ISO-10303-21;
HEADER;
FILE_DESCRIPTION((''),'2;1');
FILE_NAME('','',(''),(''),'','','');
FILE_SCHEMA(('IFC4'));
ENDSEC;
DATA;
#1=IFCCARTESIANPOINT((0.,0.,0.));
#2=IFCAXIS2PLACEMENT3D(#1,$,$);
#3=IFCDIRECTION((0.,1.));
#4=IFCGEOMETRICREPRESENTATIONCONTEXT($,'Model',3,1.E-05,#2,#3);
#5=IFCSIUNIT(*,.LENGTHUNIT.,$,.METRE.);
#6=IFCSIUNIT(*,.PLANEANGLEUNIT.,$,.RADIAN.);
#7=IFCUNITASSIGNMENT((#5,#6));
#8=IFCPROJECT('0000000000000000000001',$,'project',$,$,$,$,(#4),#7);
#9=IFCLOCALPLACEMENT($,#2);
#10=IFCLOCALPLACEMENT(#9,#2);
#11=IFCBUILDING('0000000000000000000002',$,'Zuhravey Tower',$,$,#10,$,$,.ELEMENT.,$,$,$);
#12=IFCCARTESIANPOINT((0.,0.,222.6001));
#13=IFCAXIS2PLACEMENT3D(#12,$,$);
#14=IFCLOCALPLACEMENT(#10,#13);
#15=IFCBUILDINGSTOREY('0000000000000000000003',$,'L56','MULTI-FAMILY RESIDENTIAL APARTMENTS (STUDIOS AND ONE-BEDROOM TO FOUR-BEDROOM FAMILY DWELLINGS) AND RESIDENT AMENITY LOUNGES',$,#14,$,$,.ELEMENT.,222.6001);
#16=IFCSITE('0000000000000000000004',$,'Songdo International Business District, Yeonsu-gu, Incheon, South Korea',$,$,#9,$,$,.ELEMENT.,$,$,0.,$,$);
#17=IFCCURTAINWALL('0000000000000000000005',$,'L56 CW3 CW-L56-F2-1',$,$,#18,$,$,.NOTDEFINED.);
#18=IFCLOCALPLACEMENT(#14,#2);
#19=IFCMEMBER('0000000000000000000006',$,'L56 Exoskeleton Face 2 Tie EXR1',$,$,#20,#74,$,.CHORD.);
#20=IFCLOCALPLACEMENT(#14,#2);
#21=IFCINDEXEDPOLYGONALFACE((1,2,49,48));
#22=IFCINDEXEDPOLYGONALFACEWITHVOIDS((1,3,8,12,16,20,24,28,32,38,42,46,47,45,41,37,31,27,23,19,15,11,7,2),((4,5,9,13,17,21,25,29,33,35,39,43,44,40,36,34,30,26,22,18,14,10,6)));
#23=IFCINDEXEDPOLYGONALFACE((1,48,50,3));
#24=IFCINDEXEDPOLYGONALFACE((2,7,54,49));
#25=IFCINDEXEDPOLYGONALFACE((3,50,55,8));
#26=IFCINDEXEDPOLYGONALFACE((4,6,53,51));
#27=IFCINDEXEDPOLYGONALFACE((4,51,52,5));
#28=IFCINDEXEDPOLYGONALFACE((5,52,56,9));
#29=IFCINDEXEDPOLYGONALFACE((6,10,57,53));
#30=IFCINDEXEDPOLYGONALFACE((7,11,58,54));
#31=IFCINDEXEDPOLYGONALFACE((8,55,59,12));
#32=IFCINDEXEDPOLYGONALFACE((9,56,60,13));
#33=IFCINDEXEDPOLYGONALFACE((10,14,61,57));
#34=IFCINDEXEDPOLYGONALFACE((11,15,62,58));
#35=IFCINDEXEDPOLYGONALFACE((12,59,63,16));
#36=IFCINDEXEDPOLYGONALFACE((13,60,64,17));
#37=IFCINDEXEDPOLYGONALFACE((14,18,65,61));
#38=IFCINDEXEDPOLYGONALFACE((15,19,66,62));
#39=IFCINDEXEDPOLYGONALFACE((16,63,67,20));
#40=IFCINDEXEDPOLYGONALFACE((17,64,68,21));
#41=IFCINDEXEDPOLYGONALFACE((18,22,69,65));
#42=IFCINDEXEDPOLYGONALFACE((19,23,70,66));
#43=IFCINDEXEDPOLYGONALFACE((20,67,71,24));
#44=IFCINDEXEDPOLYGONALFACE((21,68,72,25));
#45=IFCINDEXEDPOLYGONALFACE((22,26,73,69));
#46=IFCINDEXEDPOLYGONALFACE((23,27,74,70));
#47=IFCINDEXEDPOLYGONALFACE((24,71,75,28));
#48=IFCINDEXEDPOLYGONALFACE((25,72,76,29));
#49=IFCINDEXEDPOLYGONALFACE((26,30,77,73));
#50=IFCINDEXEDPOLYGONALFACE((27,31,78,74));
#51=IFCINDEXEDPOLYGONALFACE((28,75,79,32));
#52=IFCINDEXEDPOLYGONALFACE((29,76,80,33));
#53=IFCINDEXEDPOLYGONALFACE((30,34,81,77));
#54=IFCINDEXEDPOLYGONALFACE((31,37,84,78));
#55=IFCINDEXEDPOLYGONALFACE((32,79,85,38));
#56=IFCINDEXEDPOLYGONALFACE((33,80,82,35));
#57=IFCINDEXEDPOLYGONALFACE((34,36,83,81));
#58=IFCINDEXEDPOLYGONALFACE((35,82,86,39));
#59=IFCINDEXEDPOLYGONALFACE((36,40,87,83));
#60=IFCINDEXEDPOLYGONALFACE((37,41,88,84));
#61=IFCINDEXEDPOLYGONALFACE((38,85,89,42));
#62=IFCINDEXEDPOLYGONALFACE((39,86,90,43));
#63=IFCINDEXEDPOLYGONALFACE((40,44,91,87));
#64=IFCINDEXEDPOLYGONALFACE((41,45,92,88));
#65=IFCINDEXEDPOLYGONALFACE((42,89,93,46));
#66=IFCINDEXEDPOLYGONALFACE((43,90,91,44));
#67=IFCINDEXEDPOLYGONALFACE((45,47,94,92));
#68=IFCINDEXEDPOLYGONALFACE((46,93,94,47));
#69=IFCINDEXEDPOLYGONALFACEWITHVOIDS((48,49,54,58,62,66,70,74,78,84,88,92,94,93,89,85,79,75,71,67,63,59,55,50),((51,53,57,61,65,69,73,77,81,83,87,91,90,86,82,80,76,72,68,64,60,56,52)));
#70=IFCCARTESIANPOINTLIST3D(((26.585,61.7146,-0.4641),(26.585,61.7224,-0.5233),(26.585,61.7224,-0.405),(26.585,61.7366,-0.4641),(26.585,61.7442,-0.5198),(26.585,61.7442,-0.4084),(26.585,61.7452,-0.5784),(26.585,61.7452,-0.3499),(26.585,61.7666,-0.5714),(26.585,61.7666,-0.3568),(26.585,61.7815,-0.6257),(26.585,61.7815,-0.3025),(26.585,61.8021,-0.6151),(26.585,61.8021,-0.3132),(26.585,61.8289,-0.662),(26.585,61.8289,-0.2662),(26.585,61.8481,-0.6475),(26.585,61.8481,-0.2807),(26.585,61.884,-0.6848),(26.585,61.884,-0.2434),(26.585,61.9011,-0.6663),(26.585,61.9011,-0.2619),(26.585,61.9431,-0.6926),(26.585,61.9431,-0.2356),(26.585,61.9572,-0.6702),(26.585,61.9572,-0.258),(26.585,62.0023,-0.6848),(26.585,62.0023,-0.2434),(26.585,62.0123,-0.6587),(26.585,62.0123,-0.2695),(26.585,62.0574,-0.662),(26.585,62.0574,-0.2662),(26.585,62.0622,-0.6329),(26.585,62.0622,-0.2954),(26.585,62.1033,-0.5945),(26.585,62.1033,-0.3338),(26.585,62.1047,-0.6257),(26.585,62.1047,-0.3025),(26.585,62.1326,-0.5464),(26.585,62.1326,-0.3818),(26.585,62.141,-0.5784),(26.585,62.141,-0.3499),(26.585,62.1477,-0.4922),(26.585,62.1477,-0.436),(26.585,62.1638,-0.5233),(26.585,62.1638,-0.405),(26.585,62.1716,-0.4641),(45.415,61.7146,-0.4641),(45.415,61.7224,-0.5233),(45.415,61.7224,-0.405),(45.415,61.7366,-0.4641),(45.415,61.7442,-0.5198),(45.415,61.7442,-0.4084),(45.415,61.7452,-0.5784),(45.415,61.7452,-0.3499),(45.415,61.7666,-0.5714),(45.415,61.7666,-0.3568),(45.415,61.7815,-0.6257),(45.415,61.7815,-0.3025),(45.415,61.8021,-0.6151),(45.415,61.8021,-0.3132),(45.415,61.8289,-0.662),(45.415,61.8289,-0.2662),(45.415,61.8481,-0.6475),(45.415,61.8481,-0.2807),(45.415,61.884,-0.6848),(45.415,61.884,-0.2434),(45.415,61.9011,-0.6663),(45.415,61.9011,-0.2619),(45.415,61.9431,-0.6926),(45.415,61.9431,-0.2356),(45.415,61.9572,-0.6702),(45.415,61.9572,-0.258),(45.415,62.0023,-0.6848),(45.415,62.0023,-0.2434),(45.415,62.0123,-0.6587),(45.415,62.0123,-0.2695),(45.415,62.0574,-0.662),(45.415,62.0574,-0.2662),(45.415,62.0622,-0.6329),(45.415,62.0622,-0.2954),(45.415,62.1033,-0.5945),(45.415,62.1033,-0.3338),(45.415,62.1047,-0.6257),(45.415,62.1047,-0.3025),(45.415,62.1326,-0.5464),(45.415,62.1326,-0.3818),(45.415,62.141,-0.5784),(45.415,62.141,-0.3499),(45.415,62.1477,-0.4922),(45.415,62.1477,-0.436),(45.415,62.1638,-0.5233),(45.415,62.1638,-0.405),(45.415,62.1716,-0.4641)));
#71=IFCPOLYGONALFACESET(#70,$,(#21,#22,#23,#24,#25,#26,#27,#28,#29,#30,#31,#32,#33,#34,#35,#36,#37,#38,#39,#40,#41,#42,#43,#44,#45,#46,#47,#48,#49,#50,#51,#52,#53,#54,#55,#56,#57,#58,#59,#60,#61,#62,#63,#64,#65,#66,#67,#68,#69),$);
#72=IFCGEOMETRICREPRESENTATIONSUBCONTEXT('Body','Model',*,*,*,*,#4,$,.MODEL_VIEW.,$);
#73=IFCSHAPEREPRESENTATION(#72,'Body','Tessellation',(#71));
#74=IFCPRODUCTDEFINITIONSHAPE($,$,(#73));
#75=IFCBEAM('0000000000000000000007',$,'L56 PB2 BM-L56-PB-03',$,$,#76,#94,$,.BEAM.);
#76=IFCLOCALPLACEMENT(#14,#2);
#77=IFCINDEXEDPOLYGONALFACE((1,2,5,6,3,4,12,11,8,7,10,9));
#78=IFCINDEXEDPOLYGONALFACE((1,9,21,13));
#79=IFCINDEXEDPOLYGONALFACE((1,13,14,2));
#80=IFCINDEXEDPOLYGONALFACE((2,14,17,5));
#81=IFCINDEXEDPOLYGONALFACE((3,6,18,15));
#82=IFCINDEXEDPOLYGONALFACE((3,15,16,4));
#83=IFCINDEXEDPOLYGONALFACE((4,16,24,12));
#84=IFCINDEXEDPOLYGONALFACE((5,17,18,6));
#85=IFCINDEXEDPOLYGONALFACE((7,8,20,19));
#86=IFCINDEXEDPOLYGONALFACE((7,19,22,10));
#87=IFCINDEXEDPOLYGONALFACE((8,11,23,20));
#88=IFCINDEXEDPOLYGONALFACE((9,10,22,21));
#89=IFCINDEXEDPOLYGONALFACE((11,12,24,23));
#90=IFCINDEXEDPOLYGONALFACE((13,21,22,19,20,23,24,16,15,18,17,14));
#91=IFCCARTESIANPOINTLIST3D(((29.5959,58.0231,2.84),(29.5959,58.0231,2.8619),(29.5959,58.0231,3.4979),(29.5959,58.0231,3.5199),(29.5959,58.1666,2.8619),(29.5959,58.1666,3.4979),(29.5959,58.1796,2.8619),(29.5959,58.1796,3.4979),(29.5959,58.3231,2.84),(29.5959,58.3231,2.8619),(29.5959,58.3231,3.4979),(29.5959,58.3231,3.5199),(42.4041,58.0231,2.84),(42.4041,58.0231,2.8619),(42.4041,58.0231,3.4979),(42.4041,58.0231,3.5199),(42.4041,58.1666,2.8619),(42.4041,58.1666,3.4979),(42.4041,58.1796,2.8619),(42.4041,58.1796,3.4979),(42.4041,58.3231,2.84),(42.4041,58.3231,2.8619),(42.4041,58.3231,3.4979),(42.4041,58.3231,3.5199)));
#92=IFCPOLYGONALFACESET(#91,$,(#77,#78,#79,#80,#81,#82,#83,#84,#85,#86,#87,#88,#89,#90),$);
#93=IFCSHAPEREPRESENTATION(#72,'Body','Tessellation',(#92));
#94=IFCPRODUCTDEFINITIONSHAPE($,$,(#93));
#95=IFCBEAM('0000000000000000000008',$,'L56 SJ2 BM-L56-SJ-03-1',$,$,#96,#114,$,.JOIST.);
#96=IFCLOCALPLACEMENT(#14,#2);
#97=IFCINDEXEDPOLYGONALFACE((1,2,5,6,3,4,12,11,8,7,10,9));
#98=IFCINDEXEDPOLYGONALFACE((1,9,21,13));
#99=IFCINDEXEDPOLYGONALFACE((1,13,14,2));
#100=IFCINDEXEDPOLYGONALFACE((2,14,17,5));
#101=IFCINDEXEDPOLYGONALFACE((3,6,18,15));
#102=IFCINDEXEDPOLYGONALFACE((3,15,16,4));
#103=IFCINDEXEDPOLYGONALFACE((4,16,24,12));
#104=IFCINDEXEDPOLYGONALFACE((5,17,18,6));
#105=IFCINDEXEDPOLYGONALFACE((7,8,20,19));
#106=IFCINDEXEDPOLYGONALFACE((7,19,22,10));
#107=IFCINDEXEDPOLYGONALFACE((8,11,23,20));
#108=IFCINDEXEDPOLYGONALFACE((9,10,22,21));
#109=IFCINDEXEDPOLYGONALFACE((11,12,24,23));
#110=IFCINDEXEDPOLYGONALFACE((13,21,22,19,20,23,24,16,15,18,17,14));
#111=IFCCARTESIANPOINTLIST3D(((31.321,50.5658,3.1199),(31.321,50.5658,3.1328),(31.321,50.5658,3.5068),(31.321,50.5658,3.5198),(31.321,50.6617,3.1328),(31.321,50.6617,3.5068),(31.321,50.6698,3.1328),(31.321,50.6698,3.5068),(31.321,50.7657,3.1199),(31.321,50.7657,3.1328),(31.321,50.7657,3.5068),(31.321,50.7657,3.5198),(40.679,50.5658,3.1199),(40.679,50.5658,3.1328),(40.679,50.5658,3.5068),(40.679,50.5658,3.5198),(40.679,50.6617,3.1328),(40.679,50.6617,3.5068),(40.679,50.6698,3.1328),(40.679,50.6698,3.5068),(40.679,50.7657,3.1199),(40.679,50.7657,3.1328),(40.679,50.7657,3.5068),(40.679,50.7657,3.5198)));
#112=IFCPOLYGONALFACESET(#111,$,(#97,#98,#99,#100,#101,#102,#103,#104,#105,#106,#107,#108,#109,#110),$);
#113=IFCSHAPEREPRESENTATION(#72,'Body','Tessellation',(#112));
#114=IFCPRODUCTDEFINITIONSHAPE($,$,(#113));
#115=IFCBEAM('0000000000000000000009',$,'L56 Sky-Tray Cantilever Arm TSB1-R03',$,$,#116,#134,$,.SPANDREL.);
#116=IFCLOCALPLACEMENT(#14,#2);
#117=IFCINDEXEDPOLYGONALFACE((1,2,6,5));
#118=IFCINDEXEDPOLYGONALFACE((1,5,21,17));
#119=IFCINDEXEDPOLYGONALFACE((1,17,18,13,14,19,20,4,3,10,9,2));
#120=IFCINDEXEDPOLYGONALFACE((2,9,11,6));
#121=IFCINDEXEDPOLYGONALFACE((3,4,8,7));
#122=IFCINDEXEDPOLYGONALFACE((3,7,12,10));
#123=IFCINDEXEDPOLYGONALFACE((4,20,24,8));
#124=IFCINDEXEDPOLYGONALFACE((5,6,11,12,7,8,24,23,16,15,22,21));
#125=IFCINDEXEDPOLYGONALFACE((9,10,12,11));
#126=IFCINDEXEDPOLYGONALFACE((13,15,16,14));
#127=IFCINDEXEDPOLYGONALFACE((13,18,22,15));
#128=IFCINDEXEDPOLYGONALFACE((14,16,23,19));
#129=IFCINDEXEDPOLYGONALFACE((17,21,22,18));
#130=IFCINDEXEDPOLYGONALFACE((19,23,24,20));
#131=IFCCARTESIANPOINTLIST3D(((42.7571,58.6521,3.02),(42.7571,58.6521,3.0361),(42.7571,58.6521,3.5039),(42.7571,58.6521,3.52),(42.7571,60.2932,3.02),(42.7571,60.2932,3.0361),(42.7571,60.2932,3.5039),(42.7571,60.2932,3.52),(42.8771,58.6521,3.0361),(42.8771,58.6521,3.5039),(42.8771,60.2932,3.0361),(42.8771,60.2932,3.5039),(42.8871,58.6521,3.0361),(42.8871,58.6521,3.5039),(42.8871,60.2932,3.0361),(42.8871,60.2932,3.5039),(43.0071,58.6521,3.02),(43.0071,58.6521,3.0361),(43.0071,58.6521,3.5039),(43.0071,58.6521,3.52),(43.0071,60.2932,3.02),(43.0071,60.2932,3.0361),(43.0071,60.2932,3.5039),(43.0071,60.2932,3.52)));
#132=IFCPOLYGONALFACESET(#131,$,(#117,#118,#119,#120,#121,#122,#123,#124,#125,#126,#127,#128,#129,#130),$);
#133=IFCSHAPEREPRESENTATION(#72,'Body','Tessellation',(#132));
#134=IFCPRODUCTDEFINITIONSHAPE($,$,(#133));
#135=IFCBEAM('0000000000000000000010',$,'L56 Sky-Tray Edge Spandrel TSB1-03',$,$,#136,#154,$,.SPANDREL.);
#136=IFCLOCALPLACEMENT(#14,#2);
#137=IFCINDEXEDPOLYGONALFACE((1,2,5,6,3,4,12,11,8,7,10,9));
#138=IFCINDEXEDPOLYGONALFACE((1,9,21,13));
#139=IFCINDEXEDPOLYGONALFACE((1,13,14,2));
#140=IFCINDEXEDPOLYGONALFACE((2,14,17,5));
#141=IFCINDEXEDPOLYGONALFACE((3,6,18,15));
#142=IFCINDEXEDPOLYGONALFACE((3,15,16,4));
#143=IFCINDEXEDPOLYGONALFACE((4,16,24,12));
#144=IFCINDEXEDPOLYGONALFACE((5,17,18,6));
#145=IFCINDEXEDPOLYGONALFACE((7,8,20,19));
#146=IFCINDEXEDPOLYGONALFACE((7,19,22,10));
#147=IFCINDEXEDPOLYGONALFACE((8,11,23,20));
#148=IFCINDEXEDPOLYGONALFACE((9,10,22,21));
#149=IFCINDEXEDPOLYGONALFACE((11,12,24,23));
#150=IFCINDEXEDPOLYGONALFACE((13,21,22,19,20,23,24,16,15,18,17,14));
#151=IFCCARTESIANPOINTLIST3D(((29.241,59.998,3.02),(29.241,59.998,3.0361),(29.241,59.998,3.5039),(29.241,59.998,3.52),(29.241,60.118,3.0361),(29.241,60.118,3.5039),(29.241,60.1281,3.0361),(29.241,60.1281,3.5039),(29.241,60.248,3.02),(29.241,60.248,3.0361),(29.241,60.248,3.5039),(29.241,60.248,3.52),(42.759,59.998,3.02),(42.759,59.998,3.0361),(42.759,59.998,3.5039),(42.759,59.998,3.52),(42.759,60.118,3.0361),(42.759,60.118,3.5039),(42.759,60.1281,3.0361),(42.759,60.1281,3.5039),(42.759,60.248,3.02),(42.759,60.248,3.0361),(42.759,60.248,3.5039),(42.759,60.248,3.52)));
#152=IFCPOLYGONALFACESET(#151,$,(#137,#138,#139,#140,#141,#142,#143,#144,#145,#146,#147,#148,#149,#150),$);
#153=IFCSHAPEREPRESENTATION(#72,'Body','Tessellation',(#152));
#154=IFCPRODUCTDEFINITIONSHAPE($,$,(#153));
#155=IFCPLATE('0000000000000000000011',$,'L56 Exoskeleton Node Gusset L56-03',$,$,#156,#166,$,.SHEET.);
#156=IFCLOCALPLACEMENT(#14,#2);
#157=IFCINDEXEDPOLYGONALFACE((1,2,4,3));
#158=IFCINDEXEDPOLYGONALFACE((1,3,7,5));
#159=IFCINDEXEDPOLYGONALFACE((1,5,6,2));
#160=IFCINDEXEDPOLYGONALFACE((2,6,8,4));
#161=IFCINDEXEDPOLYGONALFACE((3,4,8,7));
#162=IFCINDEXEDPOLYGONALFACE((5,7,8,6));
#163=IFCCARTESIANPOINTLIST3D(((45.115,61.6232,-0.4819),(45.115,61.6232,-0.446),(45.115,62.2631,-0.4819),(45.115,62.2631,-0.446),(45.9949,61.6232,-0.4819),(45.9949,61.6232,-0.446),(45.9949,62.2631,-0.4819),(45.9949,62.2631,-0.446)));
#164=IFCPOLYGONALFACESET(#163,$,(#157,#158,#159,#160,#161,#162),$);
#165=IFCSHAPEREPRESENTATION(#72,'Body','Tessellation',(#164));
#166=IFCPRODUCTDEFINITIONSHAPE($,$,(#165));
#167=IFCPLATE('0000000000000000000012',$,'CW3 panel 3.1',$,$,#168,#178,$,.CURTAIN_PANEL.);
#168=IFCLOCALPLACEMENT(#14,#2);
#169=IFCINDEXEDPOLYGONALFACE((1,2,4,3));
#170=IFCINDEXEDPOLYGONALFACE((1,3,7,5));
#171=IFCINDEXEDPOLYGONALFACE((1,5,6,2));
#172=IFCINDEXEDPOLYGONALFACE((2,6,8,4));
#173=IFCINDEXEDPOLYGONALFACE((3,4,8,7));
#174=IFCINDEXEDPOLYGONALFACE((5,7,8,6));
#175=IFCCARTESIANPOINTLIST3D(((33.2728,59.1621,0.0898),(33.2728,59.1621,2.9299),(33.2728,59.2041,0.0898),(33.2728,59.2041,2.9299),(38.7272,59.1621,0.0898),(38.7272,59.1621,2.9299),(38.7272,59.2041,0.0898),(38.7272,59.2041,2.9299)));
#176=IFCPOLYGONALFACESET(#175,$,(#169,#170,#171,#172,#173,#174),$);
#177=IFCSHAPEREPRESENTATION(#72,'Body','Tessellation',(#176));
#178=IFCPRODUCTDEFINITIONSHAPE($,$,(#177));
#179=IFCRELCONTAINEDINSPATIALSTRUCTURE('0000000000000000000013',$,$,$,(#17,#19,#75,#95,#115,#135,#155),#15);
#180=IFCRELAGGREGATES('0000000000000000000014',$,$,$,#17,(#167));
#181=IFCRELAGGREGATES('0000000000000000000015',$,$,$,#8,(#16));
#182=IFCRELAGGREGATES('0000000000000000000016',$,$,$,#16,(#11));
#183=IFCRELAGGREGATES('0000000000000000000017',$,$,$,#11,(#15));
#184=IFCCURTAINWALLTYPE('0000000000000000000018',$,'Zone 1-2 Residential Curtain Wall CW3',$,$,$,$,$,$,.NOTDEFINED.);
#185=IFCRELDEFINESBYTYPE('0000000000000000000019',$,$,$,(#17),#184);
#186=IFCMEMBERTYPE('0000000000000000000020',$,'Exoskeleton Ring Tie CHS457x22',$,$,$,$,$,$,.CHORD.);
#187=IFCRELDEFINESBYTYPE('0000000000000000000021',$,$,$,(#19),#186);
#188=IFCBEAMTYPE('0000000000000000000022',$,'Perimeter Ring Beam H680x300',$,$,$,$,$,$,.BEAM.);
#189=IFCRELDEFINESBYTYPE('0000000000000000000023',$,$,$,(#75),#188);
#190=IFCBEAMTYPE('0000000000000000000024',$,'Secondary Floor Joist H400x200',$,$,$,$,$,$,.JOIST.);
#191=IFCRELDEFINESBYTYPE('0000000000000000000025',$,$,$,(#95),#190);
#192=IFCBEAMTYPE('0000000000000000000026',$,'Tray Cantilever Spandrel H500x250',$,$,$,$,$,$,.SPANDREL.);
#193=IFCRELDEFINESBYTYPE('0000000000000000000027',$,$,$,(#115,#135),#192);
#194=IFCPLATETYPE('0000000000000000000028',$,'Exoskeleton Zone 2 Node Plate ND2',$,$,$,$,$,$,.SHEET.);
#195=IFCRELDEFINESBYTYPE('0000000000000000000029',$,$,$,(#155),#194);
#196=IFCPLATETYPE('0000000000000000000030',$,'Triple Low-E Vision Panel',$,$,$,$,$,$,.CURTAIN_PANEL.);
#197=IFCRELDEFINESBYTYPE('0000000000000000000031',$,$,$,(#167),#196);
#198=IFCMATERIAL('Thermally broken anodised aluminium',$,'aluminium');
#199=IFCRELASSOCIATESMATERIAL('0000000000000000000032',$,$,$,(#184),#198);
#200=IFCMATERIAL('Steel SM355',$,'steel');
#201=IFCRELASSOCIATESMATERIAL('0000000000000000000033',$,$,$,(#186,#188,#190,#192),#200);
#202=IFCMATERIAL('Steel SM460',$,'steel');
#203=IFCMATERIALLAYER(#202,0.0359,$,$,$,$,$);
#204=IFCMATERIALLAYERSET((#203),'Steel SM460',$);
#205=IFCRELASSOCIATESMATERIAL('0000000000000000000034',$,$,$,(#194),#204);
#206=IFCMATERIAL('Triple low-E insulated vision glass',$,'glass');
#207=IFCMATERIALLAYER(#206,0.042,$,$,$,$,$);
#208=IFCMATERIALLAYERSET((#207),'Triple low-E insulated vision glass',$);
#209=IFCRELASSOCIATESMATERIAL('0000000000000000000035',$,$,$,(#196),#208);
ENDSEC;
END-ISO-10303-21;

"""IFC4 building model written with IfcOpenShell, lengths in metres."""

from ifc_helpers import new_model, si_unit, direction, frame, origin, origin_2d, place, context, subcontext, project, spatial, rectangle, hollow_circle, i_section, extrude, material, layer, layer_set, material_profile, profile_set, type_object, element, aggregate, save


model = new_model("IFC4")

# Units and contexts
model_context = context("Model", 3, precision=1e-05, world=origin(), true_north=direction((0.0, 1.0)))
body_context = subcontext(model_context, "Body", "Model", "MODEL_VIEW")
ifc_project = project(units=[si_unit("LENGTHUNIT", "METRE"), si_unit("PLANEANGLEUNIT", "RADIAN")], contexts=[model_context])

# Site, building, storey
site_placement = place(None, origin())
site = spatial("IfcSite", under=ifc_project, at=site_placement, Name="Songdo International Business District, Yeonsu-gu, Incheon, South Korea", CompositionType="ELEMENT", RefElevation=0.0)
building_placement = place(site_placement, origin())
building = spatial("IfcBuilding", under=site, at=building_placement, Name="Zuhravey Tower", CompositionType="ELEMENT")
storey_placement = place(building_placement, frame((0.0, 0.0, 222.6001)))
storey = spatial("IfcBuildingStorey", under=building, at=storey_placement, Name="L56", Description="MULTI-FAMILY RESIDENTIAL APARTMENTS (STUDIOS AND ONE-BEDROOM TO FOUR-BEDROOM FAMILY DWELLINGS) AND RESIDENT AMENITY LOUNGES", CompositionType="ELEMENT", Elevation=222.6001)

# Curtain wall
ifc_material_1 = material(Name="Thermally broken anodised aluminium", Category="aluminium")
curtain_wall_type = type_object("IfcCurtainWallType", Name="Zone 1-2 Residential Curtain Wall CW3", PredefinedType="NOTDEFINED", material=ifc_material_1)
curtain_wall_placement = place(storey_placement, origin())
curtain_wall = element("IfcCurtainWall", 1, at=curtain_wall_placement, inside=storey, type_object=curtain_wall_type, Name="L56 CW3 CW-L56-F2-1", PredefinedType="NOTDEFINED")

# Shared definitions
ifc_material_2 = material(Name="Steel SM460", Category="steel")

# Member
ifc_material_3 = material(Name="Steel SM355", Category="steel")
ifc_material_profile_1 = material_profile(ifc_material_3, hollow_circle(Radius=0.2285, WallThickness=0.022, at=origin_2d()), Name="CHS-457.2x22")
ifc_profile_set_1 = profile_set([ifc_material_profile_1], Name="Steel SM355")
member_type_1 = type_object("IfcMemberType", Name="Exoskeleton Ring Tie CHS457x22", PredefinedType="CHORD", material=ifc_profile_set_1)
member_1_placement = place(storey_placement, frame((45.415, 61.9431, -0.4641), z_axis=(-1.0, 0.0, 0.0), x_axis=(0.0, -1.0, 0.0)))
element("IfcMember", 2, at=member_1_placement, inside=storey, type_object=member_type_1, Name="L56 Exoskeleton Face 2 Tie EXR1", PredefinedType="CHORD", context=body_context, shape_type="SweptSolid", body=[
    extrude(hollow_circle(Radius=0.2285, WallThickness=0.022, at=origin_2d()), origin(), (0.0, 0.0, 1.0), 18.8301),
])

# Beams
ifc_material_profile_2 = material_profile(ifc_material_3, i_section(OverallWidth=0.3, OverallDepth=0.6799, WebThickness=0.0129, FlangeThickness=0.022, at=origin_2d()), Name="H-680x300x13x22")
ifc_profile_set_2 = profile_set([ifc_material_profile_2], Name="Steel SM355")
beam_type_1 = type_object("IfcBeamType", Name="Perimeter Ring Beam H680x300", PredefinedType="BEAM", material=ifc_profile_set_2)
beam_1_placement = place(storey_placement, frame((42.4041, 58.1731, 3.1799), z_axis=(-1.0, 0.0, 0.0), x_axis=(0.0, -1.0, 0.0)))
element("IfcBeam", 3, at=beam_1_placement, inside=storey, type_object=beam_type_1, Name="L56 PB2 BM-L56-PB-03", PredefinedType="BEAM", context=body_context, shape_type="SweptSolid", body=[
    extrude(i_section(OverallWidth=0.3, OverallDepth=0.6799, WebThickness=0.0129, FlangeThickness=0.022, at=origin_2d()), origin(), (0.0, 0.0, 1.0), 12.8081),
])
ifc_material_profile_3 = material_profile(ifc_material_3, i_section(OverallWidth=0.2, OverallDepth=0.3999, WebThickness=0.0081, FlangeThickness=0.0129, at=origin_2d()), Name="H-400x200x8x13")
ifc_profile_set_3 = profile_set([ifc_material_profile_3], Name="Steel SM355")
beam_type_2 = type_object("IfcBeamType", Name="Secondary Floor Joist H400x200", PredefinedType="JOIST", material=ifc_profile_set_3)
beam_2_placement = place(storey_placement, frame((40.679, 50.6658, 3.3198), z_axis=(-1.0, 0.0, 0.0), x_axis=(0.0, -1.0, 0.0)))
element("IfcBeam", 4, at=beam_2_placement, inside=storey, type_object=beam_type_2, Name="L56 SJ2 BM-L56-SJ-03-1", PredefinedType="JOIST", context=body_context, shape_type="SweptSolid", body=[
    extrude(i_section(OverallWidth=0.2, OverallDepth=0.3999, WebThickness=0.0081, FlangeThickness=0.0129, at=origin_2d()), origin(), (0.0, 0.0, 1.0), 9.3579),
])
ifc_material_profile_4 = material_profile(ifc_material_3, i_section(OverallWidth=0.25, OverallDepth=0.5, WebThickness=0.01, FlangeThickness=0.0161, at=origin_2d()), Name="H-500x250x10x16")
ifc_profile_set_4 = profile_set([ifc_material_profile_4], Name="Steel SM355")
beam_type_3 = type_object("IfcBeamType", Name="Tray Cantilever Spandrel H500x250", PredefinedType="SPANDREL", material=ifc_profile_set_4)
beam_3_placement = place(storey_placement, frame((42.8821, 58.6521, 3.27), z_axis=(0.0, 1.0, 0.0), x_axis=(-1.0, 0.0, 0.0)))
element("IfcBeam", 5, at=beam_3_placement, inside=storey, type_object=beam_type_3, Name="L56 Sky-Tray Cantilever Arm TSB1-R03", PredefinedType="SPANDREL", context=body_context, shape_type="SweptSolid", body=[
    extrude(i_section(OverallWidth=0.25, OverallDepth=0.5, WebThickness=0.01, FlangeThickness=0.0161, at=origin_2d()), origin(), (0.0, 0.0, 1.0), 1.6411),
])
beam_4_placement = place(storey_placement, frame((42.759, 60.123, 3.27), z_axis=(-1.0, 0.0, 0.0), x_axis=(0.0, -1.0, 0.0)))
element("IfcBeam", 6, at=beam_4_placement, inside=storey, type_object=beam_type_3, Name="L56 Sky-Tray Edge Spandrel TSB1-03", PredefinedType="SPANDREL", context=body_context, shape_type="SweptSolid", body=[
    extrude(i_section(OverallWidth=0.25, OverallDepth=0.5, WebThickness=0.01, FlangeThickness=0.0161, at=origin_2d()), origin(), (0.0, 0.0, 1.0), 13.5181),
])

# Plates
ifc_layer_1 = layer(ifc_material_2, 0.0359)
ifc_layer_set_1 = layer_set([ifc_layer_1], Name="Steel SM460")
plate_type_1 = type_object("IfcPlateType", Name="Exoskeleton Zone 2 Node Plate ND2", PredefinedType="SHEET", material=ifc_layer_set_1)
plate_1_placement = place(storey_placement, frame((45.5549, 61.9431, -0.4819), z_axis=(0.0, 0.0, 1.0), x_axis=(-1.0, 0.0, 0.0)))
element("IfcPlate", 7, at=plate_1_placement, inside=storey, type_object=plate_type_1, Name="L56 Exoskeleton Node Gusset L56-03", PredefinedType="SHEET", context=body_context, shape_type="SweptSolid", body=[
    extrude(rectangle(XDim=0.8799, YDim=0.6399, at=origin_2d()), origin(), (0.0, 0.0, 1.0), 0.0359),
])
ifc_material_4 = material(Name="Triple low-E insulated vision glass", Category="glass")
ifc_layer_2 = layer(ifc_material_4, 0.042)
ifc_layer_set_2 = layer_set([ifc_layer_2], Name="Triple low-E insulated vision glass")
plate_type_2 = type_object("IfcPlateType", Name="Triple Low-E Vision Panel", PredefinedType="CURTAIN_PANEL", material=ifc_layer_set_2)
plate_2_placement = place(storey_placement, frame((36.0, 59.1831, 0.0898), z_axis=(0.0, 0.0, 1.0), x_axis=(1.0, 0.0, 0.0)))
plate_2 = element("IfcPlate", 8, at=plate_2_placement, type_object=plate_type_2, Name="CW3 panel 3.1", PredefinedType="CURTAIN_PANEL", context=body_context, shape_type="SweptSolid", body=[
    extrude(rectangle(XDim=5.4543, YDim=0.042, at=origin_2d()), origin(), (0.0, 0.0, 1.0), 2.8401),
])
aggregate(curtain_wall, [plate_2])

save(model, "model.ifc")
